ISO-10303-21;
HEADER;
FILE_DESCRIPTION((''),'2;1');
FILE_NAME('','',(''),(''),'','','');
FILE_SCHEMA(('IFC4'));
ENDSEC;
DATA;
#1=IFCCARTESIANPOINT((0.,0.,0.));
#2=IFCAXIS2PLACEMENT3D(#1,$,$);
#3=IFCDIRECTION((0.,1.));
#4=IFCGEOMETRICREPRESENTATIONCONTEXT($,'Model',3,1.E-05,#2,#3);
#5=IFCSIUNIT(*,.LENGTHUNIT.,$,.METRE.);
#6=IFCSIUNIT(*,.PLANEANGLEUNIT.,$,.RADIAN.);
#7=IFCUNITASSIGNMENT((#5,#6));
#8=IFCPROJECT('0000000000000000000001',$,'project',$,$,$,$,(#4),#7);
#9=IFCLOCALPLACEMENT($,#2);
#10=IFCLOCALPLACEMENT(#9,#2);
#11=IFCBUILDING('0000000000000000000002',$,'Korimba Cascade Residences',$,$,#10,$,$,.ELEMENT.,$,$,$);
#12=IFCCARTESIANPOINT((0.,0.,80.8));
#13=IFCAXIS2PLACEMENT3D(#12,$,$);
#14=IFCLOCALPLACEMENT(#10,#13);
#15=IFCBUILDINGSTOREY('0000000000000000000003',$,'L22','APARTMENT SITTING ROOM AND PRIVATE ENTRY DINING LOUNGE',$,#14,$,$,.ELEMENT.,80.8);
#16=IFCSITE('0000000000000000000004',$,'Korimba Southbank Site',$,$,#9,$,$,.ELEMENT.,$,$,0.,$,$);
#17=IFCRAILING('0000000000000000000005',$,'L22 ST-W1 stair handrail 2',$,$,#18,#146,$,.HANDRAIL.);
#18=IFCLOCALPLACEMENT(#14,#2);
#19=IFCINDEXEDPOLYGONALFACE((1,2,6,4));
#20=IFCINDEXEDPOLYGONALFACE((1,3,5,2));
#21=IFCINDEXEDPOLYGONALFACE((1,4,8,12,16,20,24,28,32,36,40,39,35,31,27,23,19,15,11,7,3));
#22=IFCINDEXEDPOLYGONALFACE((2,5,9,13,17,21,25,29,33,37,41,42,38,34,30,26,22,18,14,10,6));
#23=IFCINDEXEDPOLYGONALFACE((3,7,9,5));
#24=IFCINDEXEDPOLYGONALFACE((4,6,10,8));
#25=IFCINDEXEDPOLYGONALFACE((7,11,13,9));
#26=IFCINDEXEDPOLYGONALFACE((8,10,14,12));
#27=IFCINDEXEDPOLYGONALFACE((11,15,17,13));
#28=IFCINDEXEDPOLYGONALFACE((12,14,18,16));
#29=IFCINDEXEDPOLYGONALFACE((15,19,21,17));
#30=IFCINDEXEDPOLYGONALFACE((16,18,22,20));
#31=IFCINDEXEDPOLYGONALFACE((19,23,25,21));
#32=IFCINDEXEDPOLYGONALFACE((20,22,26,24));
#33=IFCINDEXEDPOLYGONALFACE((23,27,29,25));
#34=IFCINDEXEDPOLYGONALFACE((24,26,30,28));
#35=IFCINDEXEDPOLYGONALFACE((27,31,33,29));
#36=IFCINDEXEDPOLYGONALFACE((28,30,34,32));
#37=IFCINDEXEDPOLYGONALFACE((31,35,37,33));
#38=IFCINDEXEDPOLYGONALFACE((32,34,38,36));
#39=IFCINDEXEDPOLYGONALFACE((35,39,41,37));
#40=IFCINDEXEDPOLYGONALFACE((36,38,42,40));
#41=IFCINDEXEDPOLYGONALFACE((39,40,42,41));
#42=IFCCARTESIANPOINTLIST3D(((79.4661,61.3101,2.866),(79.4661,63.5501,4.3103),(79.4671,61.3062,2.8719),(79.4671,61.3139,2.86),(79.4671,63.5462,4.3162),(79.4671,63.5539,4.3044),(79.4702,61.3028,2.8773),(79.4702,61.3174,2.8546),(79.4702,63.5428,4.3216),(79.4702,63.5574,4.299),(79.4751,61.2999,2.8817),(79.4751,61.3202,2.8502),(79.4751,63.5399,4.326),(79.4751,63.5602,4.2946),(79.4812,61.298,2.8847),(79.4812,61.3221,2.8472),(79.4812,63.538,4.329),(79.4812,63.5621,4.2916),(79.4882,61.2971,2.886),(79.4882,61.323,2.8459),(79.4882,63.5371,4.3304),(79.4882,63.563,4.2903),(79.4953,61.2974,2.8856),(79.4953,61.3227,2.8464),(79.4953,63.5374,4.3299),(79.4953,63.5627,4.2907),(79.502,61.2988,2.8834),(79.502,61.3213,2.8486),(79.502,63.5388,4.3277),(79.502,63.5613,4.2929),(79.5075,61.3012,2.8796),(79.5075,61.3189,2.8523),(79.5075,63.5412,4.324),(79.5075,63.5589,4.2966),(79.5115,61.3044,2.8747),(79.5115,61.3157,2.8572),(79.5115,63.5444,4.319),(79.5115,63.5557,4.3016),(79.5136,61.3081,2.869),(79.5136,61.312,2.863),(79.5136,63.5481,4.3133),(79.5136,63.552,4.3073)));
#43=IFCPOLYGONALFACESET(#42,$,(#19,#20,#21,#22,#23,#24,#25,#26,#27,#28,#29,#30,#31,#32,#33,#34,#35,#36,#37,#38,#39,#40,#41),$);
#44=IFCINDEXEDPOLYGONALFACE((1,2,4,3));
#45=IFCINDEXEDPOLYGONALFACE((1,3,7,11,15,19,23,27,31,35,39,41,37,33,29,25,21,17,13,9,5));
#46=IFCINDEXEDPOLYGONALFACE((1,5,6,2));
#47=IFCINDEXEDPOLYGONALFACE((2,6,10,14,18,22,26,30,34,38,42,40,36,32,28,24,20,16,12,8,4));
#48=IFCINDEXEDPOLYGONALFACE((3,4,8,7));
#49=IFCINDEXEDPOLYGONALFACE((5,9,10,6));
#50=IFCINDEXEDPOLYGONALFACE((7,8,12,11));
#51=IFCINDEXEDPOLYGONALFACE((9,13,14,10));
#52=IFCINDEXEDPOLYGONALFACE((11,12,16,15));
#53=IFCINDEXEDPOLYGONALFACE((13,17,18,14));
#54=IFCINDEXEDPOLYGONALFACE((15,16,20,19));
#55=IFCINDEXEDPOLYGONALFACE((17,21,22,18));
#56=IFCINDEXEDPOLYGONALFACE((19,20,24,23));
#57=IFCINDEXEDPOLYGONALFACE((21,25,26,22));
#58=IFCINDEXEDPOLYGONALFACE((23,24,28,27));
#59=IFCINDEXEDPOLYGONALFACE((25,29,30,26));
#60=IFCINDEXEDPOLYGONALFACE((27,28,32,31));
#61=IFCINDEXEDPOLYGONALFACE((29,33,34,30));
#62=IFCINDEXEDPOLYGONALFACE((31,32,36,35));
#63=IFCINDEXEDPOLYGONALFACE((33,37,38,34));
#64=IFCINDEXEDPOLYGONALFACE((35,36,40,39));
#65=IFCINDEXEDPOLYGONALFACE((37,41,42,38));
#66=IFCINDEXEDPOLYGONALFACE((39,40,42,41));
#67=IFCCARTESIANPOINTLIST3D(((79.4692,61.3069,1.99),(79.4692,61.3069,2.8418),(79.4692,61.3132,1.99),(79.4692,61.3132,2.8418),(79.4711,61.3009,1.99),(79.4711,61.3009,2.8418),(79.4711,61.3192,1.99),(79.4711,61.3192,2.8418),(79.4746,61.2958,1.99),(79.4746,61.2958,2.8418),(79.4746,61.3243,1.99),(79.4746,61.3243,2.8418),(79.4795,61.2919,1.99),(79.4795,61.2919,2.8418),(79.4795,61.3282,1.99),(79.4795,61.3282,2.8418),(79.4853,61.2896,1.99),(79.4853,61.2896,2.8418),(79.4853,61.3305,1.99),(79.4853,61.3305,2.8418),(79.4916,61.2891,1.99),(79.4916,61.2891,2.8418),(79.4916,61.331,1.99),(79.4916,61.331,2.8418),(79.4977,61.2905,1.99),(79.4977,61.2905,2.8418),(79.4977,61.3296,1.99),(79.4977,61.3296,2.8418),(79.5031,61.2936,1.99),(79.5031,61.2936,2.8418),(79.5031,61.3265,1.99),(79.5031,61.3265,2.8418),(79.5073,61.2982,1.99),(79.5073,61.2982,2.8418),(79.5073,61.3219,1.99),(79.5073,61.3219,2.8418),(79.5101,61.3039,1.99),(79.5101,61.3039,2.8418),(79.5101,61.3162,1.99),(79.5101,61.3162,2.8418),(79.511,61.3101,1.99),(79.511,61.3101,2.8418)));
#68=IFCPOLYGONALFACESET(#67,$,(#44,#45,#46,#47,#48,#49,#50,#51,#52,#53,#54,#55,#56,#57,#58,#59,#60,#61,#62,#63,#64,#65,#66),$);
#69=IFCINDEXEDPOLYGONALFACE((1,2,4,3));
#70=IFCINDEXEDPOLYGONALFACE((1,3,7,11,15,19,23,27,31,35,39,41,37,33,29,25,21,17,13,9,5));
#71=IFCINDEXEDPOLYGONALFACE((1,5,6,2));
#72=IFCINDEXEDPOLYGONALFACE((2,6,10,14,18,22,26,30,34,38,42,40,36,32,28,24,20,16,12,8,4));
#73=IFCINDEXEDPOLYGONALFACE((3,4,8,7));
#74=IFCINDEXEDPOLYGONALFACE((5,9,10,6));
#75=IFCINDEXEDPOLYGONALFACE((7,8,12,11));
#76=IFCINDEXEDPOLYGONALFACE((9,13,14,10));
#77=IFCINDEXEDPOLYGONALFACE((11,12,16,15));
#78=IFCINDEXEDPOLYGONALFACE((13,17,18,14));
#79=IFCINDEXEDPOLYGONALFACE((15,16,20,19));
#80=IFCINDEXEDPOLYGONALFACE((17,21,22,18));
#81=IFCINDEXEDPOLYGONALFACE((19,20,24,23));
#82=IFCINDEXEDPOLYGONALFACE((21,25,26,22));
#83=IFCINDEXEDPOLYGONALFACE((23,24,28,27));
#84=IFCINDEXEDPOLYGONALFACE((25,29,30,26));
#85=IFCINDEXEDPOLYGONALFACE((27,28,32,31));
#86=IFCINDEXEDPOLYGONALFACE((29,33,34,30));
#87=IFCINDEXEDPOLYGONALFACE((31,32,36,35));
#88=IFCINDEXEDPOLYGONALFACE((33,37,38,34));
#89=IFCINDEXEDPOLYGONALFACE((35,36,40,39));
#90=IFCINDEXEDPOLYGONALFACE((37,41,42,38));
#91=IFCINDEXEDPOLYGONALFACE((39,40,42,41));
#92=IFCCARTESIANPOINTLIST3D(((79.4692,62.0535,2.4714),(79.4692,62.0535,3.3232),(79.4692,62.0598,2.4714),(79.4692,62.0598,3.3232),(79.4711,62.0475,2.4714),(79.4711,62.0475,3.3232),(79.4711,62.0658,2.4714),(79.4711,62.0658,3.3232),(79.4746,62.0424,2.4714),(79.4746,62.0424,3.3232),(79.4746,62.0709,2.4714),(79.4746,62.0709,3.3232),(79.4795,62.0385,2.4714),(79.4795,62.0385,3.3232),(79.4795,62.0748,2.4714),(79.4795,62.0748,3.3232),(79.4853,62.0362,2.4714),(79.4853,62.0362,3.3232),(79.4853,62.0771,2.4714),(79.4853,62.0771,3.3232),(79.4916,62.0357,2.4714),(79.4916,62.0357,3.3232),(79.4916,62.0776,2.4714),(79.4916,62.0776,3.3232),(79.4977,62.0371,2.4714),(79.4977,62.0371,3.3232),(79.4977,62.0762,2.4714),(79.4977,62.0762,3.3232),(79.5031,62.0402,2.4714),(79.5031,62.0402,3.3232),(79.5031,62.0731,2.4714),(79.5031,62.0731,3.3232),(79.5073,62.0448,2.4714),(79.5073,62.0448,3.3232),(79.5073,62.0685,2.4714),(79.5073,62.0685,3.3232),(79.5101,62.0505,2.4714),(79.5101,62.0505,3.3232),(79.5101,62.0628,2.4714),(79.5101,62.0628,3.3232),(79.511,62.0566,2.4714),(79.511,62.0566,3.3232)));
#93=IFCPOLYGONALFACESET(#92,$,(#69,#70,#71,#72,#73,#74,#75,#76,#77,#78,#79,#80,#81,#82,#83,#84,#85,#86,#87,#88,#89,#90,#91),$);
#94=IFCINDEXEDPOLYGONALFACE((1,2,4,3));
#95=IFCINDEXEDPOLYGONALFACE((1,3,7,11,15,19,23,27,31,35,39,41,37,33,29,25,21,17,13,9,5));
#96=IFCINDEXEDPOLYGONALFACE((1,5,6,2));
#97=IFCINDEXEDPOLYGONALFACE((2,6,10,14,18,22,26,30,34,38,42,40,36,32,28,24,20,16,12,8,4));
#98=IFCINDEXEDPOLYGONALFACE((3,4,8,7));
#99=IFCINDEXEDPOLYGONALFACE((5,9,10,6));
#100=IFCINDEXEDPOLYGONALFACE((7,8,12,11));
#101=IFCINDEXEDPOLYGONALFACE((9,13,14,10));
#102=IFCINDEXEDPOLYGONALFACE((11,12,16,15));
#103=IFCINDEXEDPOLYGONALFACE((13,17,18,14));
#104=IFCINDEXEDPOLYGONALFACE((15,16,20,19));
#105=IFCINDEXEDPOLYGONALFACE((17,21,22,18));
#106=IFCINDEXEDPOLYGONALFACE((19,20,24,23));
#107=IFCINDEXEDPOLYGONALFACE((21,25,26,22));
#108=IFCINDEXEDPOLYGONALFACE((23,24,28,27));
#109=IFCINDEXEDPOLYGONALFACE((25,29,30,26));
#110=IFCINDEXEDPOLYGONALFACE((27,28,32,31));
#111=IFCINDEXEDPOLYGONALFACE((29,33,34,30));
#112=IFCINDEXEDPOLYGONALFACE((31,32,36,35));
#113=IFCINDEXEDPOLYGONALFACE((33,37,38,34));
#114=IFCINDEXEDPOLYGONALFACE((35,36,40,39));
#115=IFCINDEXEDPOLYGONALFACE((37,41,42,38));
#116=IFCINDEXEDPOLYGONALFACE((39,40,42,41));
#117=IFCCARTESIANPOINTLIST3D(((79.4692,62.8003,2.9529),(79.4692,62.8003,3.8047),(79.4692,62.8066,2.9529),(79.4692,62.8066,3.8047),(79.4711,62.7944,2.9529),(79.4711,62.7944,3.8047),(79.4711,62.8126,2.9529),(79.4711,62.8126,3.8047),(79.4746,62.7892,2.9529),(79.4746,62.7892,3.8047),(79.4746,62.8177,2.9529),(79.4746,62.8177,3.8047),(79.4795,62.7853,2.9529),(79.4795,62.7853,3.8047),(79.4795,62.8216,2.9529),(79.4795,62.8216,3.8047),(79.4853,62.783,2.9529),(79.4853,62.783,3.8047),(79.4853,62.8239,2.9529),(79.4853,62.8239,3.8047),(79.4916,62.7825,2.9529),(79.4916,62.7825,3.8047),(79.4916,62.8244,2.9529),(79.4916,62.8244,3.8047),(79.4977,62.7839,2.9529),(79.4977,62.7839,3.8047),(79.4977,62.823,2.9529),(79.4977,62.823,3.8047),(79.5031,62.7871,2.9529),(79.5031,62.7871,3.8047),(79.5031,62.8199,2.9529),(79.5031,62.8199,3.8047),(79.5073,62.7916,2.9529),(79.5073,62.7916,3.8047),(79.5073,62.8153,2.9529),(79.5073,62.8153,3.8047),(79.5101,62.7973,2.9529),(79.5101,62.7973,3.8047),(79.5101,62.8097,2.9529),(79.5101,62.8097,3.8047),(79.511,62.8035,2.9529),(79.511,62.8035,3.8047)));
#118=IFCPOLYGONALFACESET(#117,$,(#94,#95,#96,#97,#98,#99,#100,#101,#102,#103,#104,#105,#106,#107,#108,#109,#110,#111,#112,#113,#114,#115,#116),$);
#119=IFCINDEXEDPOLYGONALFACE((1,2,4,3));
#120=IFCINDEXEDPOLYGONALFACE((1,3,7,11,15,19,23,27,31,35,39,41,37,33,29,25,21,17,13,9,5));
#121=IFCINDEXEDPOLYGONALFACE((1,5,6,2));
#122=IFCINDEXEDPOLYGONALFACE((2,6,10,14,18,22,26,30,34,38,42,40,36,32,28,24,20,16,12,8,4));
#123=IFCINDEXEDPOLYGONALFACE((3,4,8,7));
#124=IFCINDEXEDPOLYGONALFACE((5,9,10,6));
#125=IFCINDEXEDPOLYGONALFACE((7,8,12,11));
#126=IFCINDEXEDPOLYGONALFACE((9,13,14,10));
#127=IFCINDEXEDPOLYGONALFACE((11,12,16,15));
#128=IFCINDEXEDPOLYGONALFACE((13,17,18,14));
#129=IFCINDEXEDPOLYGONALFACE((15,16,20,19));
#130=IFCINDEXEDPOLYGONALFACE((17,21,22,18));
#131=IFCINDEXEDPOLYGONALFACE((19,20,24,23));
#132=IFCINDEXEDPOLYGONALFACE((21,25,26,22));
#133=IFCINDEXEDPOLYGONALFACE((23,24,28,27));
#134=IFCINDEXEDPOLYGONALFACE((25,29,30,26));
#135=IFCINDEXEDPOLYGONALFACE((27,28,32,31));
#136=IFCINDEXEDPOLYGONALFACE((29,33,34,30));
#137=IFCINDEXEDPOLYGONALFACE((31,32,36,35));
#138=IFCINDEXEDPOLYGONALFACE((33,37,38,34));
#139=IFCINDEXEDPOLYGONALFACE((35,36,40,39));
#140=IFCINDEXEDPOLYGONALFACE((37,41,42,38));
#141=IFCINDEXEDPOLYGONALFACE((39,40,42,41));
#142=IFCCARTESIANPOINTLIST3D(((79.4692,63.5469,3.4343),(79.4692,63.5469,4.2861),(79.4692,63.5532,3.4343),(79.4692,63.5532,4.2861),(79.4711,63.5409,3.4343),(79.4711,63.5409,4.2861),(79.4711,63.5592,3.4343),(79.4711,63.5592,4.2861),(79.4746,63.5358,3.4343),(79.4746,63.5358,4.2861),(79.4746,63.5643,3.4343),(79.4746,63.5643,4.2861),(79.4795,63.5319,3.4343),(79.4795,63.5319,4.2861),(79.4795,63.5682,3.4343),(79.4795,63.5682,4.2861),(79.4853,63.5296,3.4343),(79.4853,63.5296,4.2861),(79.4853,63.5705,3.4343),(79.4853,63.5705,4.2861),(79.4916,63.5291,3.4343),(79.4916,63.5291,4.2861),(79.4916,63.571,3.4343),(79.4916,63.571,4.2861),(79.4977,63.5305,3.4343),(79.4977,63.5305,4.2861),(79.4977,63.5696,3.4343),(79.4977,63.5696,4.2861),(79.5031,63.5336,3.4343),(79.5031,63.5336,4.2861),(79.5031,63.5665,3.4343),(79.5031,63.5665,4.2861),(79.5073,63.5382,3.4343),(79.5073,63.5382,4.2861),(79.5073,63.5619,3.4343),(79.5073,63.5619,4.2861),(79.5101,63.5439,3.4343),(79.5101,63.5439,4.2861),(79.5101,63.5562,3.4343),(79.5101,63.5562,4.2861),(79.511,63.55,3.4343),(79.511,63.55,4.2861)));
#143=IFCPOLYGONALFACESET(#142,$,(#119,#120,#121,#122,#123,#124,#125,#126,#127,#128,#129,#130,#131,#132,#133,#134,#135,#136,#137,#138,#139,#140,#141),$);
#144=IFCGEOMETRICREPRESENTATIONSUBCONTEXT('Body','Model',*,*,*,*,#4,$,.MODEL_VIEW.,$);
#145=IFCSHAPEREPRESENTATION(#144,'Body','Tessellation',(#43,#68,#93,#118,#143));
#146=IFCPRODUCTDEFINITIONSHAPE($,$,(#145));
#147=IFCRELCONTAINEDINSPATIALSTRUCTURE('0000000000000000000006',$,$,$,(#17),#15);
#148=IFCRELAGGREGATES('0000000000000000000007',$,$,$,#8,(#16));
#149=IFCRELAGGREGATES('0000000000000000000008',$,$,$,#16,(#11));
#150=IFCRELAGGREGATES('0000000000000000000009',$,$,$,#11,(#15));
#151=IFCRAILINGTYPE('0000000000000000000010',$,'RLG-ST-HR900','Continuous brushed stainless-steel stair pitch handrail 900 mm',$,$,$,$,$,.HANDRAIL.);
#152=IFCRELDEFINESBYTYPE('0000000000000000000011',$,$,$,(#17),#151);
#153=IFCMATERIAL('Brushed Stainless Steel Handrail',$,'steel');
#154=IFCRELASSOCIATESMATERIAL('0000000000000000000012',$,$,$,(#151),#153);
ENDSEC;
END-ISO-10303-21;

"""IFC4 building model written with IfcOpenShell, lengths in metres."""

from ifc_helpers import new_model, si_unit, direction, frame, origin, origin_2d, place, context, subcontext, project, spatial, circle, extrude, material, type_object, element, save


model = new_model("IFC4")

# Units and contexts
model_context = context("Model", 3, precision=1e-05, world=origin(), true_north=direction((0.0, 1.0)))
body_context = subcontext(model_context, "Body", "Model", "MODEL_VIEW")
ifc_project = project(units=[si_unit("LENGTHUNIT", "METRE"), si_unit("PLANEANGLEUNIT", "RADIAN")], contexts=[model_context])

# Site, building, storey
site_placement = place(None, origin())
site = spatial("IfcSite", under=ifc_project, at=site_placement, Name="Korimba Southbank Site", CompositionType="ELEMENT", RefElevation=0.0)
building_placement = place(site_placement, origin())
building = spatial("IfcBuilding", under=site, at=building_placement, Name="Korimba Cascade Residences", CompositionType="ELEMENT")
storey_placement = place(building_placement, frame((0.0, 0.0, 80.8)))
storey = spatial("IfcBuildingStorey", under=building, at=storey_placement, Name="L22", Description="APARTMENT SITTING ROOM AND PRIVATE ENTRY DINING LOUNGE", CompositionType="ELEMENT", Elevation=80.8)

# Railing
ifc_material_1 = material(Name="Brushed Stainless Steel Handrail", Category="steel")
railing_type_1 = type_object("IfcRailingType", Name="RLG-ST-HR900", Description="Continuous brushed stainless-steel stair pitch handrail 900 mm", PredefinedType="HANDRAIL", material=ifc_material_1)
railing_1_placement = place(storey_placement, frame((79.49, 61.3101, 1.99)))
element("IfcRailing", 1, at=railing_1_placement, inside=storey, type_object=railing_type_1, Name="L22 ST-W1 stair handrail 2", PredefinedType="HANDRAIL", context=body_context, shape_type="SweptSolid", body=[
    extrude(circle(Radius=0.0239, at=origin_2d()), frame((0.0, 0.0, 0.876), z_axis=(0.0, 0.840437, 0.54191), x_axis=(-1.0, 0.0, 0.0)), (0.0, 0.0, 1.0), 2.6653),
    extrude(circle(Radius=0.021, at=origin_2d()), origin(), (0.0, 0.0, 1.0), 0.8518),
    extrude(circle(Radius=0.021, at=origin_2d()), frame((0.0, 0.7466, 0.4814)), (0.0, 0.0, 1.0), 0.8518),
    extrude(circle(Radius=0.021, at=origin_2d()), frame((0.0, 1.4934, 0.9629)), (0.0, 0.0, 1.0), 0.8518),
    extrude(circle(Radius=0.021, at=origin_2d()), frame((0.0, 2.24, 1.4443)), (0.0, 0.0, 1.0), 0.8518),
])

save(model, "model.ifc")
